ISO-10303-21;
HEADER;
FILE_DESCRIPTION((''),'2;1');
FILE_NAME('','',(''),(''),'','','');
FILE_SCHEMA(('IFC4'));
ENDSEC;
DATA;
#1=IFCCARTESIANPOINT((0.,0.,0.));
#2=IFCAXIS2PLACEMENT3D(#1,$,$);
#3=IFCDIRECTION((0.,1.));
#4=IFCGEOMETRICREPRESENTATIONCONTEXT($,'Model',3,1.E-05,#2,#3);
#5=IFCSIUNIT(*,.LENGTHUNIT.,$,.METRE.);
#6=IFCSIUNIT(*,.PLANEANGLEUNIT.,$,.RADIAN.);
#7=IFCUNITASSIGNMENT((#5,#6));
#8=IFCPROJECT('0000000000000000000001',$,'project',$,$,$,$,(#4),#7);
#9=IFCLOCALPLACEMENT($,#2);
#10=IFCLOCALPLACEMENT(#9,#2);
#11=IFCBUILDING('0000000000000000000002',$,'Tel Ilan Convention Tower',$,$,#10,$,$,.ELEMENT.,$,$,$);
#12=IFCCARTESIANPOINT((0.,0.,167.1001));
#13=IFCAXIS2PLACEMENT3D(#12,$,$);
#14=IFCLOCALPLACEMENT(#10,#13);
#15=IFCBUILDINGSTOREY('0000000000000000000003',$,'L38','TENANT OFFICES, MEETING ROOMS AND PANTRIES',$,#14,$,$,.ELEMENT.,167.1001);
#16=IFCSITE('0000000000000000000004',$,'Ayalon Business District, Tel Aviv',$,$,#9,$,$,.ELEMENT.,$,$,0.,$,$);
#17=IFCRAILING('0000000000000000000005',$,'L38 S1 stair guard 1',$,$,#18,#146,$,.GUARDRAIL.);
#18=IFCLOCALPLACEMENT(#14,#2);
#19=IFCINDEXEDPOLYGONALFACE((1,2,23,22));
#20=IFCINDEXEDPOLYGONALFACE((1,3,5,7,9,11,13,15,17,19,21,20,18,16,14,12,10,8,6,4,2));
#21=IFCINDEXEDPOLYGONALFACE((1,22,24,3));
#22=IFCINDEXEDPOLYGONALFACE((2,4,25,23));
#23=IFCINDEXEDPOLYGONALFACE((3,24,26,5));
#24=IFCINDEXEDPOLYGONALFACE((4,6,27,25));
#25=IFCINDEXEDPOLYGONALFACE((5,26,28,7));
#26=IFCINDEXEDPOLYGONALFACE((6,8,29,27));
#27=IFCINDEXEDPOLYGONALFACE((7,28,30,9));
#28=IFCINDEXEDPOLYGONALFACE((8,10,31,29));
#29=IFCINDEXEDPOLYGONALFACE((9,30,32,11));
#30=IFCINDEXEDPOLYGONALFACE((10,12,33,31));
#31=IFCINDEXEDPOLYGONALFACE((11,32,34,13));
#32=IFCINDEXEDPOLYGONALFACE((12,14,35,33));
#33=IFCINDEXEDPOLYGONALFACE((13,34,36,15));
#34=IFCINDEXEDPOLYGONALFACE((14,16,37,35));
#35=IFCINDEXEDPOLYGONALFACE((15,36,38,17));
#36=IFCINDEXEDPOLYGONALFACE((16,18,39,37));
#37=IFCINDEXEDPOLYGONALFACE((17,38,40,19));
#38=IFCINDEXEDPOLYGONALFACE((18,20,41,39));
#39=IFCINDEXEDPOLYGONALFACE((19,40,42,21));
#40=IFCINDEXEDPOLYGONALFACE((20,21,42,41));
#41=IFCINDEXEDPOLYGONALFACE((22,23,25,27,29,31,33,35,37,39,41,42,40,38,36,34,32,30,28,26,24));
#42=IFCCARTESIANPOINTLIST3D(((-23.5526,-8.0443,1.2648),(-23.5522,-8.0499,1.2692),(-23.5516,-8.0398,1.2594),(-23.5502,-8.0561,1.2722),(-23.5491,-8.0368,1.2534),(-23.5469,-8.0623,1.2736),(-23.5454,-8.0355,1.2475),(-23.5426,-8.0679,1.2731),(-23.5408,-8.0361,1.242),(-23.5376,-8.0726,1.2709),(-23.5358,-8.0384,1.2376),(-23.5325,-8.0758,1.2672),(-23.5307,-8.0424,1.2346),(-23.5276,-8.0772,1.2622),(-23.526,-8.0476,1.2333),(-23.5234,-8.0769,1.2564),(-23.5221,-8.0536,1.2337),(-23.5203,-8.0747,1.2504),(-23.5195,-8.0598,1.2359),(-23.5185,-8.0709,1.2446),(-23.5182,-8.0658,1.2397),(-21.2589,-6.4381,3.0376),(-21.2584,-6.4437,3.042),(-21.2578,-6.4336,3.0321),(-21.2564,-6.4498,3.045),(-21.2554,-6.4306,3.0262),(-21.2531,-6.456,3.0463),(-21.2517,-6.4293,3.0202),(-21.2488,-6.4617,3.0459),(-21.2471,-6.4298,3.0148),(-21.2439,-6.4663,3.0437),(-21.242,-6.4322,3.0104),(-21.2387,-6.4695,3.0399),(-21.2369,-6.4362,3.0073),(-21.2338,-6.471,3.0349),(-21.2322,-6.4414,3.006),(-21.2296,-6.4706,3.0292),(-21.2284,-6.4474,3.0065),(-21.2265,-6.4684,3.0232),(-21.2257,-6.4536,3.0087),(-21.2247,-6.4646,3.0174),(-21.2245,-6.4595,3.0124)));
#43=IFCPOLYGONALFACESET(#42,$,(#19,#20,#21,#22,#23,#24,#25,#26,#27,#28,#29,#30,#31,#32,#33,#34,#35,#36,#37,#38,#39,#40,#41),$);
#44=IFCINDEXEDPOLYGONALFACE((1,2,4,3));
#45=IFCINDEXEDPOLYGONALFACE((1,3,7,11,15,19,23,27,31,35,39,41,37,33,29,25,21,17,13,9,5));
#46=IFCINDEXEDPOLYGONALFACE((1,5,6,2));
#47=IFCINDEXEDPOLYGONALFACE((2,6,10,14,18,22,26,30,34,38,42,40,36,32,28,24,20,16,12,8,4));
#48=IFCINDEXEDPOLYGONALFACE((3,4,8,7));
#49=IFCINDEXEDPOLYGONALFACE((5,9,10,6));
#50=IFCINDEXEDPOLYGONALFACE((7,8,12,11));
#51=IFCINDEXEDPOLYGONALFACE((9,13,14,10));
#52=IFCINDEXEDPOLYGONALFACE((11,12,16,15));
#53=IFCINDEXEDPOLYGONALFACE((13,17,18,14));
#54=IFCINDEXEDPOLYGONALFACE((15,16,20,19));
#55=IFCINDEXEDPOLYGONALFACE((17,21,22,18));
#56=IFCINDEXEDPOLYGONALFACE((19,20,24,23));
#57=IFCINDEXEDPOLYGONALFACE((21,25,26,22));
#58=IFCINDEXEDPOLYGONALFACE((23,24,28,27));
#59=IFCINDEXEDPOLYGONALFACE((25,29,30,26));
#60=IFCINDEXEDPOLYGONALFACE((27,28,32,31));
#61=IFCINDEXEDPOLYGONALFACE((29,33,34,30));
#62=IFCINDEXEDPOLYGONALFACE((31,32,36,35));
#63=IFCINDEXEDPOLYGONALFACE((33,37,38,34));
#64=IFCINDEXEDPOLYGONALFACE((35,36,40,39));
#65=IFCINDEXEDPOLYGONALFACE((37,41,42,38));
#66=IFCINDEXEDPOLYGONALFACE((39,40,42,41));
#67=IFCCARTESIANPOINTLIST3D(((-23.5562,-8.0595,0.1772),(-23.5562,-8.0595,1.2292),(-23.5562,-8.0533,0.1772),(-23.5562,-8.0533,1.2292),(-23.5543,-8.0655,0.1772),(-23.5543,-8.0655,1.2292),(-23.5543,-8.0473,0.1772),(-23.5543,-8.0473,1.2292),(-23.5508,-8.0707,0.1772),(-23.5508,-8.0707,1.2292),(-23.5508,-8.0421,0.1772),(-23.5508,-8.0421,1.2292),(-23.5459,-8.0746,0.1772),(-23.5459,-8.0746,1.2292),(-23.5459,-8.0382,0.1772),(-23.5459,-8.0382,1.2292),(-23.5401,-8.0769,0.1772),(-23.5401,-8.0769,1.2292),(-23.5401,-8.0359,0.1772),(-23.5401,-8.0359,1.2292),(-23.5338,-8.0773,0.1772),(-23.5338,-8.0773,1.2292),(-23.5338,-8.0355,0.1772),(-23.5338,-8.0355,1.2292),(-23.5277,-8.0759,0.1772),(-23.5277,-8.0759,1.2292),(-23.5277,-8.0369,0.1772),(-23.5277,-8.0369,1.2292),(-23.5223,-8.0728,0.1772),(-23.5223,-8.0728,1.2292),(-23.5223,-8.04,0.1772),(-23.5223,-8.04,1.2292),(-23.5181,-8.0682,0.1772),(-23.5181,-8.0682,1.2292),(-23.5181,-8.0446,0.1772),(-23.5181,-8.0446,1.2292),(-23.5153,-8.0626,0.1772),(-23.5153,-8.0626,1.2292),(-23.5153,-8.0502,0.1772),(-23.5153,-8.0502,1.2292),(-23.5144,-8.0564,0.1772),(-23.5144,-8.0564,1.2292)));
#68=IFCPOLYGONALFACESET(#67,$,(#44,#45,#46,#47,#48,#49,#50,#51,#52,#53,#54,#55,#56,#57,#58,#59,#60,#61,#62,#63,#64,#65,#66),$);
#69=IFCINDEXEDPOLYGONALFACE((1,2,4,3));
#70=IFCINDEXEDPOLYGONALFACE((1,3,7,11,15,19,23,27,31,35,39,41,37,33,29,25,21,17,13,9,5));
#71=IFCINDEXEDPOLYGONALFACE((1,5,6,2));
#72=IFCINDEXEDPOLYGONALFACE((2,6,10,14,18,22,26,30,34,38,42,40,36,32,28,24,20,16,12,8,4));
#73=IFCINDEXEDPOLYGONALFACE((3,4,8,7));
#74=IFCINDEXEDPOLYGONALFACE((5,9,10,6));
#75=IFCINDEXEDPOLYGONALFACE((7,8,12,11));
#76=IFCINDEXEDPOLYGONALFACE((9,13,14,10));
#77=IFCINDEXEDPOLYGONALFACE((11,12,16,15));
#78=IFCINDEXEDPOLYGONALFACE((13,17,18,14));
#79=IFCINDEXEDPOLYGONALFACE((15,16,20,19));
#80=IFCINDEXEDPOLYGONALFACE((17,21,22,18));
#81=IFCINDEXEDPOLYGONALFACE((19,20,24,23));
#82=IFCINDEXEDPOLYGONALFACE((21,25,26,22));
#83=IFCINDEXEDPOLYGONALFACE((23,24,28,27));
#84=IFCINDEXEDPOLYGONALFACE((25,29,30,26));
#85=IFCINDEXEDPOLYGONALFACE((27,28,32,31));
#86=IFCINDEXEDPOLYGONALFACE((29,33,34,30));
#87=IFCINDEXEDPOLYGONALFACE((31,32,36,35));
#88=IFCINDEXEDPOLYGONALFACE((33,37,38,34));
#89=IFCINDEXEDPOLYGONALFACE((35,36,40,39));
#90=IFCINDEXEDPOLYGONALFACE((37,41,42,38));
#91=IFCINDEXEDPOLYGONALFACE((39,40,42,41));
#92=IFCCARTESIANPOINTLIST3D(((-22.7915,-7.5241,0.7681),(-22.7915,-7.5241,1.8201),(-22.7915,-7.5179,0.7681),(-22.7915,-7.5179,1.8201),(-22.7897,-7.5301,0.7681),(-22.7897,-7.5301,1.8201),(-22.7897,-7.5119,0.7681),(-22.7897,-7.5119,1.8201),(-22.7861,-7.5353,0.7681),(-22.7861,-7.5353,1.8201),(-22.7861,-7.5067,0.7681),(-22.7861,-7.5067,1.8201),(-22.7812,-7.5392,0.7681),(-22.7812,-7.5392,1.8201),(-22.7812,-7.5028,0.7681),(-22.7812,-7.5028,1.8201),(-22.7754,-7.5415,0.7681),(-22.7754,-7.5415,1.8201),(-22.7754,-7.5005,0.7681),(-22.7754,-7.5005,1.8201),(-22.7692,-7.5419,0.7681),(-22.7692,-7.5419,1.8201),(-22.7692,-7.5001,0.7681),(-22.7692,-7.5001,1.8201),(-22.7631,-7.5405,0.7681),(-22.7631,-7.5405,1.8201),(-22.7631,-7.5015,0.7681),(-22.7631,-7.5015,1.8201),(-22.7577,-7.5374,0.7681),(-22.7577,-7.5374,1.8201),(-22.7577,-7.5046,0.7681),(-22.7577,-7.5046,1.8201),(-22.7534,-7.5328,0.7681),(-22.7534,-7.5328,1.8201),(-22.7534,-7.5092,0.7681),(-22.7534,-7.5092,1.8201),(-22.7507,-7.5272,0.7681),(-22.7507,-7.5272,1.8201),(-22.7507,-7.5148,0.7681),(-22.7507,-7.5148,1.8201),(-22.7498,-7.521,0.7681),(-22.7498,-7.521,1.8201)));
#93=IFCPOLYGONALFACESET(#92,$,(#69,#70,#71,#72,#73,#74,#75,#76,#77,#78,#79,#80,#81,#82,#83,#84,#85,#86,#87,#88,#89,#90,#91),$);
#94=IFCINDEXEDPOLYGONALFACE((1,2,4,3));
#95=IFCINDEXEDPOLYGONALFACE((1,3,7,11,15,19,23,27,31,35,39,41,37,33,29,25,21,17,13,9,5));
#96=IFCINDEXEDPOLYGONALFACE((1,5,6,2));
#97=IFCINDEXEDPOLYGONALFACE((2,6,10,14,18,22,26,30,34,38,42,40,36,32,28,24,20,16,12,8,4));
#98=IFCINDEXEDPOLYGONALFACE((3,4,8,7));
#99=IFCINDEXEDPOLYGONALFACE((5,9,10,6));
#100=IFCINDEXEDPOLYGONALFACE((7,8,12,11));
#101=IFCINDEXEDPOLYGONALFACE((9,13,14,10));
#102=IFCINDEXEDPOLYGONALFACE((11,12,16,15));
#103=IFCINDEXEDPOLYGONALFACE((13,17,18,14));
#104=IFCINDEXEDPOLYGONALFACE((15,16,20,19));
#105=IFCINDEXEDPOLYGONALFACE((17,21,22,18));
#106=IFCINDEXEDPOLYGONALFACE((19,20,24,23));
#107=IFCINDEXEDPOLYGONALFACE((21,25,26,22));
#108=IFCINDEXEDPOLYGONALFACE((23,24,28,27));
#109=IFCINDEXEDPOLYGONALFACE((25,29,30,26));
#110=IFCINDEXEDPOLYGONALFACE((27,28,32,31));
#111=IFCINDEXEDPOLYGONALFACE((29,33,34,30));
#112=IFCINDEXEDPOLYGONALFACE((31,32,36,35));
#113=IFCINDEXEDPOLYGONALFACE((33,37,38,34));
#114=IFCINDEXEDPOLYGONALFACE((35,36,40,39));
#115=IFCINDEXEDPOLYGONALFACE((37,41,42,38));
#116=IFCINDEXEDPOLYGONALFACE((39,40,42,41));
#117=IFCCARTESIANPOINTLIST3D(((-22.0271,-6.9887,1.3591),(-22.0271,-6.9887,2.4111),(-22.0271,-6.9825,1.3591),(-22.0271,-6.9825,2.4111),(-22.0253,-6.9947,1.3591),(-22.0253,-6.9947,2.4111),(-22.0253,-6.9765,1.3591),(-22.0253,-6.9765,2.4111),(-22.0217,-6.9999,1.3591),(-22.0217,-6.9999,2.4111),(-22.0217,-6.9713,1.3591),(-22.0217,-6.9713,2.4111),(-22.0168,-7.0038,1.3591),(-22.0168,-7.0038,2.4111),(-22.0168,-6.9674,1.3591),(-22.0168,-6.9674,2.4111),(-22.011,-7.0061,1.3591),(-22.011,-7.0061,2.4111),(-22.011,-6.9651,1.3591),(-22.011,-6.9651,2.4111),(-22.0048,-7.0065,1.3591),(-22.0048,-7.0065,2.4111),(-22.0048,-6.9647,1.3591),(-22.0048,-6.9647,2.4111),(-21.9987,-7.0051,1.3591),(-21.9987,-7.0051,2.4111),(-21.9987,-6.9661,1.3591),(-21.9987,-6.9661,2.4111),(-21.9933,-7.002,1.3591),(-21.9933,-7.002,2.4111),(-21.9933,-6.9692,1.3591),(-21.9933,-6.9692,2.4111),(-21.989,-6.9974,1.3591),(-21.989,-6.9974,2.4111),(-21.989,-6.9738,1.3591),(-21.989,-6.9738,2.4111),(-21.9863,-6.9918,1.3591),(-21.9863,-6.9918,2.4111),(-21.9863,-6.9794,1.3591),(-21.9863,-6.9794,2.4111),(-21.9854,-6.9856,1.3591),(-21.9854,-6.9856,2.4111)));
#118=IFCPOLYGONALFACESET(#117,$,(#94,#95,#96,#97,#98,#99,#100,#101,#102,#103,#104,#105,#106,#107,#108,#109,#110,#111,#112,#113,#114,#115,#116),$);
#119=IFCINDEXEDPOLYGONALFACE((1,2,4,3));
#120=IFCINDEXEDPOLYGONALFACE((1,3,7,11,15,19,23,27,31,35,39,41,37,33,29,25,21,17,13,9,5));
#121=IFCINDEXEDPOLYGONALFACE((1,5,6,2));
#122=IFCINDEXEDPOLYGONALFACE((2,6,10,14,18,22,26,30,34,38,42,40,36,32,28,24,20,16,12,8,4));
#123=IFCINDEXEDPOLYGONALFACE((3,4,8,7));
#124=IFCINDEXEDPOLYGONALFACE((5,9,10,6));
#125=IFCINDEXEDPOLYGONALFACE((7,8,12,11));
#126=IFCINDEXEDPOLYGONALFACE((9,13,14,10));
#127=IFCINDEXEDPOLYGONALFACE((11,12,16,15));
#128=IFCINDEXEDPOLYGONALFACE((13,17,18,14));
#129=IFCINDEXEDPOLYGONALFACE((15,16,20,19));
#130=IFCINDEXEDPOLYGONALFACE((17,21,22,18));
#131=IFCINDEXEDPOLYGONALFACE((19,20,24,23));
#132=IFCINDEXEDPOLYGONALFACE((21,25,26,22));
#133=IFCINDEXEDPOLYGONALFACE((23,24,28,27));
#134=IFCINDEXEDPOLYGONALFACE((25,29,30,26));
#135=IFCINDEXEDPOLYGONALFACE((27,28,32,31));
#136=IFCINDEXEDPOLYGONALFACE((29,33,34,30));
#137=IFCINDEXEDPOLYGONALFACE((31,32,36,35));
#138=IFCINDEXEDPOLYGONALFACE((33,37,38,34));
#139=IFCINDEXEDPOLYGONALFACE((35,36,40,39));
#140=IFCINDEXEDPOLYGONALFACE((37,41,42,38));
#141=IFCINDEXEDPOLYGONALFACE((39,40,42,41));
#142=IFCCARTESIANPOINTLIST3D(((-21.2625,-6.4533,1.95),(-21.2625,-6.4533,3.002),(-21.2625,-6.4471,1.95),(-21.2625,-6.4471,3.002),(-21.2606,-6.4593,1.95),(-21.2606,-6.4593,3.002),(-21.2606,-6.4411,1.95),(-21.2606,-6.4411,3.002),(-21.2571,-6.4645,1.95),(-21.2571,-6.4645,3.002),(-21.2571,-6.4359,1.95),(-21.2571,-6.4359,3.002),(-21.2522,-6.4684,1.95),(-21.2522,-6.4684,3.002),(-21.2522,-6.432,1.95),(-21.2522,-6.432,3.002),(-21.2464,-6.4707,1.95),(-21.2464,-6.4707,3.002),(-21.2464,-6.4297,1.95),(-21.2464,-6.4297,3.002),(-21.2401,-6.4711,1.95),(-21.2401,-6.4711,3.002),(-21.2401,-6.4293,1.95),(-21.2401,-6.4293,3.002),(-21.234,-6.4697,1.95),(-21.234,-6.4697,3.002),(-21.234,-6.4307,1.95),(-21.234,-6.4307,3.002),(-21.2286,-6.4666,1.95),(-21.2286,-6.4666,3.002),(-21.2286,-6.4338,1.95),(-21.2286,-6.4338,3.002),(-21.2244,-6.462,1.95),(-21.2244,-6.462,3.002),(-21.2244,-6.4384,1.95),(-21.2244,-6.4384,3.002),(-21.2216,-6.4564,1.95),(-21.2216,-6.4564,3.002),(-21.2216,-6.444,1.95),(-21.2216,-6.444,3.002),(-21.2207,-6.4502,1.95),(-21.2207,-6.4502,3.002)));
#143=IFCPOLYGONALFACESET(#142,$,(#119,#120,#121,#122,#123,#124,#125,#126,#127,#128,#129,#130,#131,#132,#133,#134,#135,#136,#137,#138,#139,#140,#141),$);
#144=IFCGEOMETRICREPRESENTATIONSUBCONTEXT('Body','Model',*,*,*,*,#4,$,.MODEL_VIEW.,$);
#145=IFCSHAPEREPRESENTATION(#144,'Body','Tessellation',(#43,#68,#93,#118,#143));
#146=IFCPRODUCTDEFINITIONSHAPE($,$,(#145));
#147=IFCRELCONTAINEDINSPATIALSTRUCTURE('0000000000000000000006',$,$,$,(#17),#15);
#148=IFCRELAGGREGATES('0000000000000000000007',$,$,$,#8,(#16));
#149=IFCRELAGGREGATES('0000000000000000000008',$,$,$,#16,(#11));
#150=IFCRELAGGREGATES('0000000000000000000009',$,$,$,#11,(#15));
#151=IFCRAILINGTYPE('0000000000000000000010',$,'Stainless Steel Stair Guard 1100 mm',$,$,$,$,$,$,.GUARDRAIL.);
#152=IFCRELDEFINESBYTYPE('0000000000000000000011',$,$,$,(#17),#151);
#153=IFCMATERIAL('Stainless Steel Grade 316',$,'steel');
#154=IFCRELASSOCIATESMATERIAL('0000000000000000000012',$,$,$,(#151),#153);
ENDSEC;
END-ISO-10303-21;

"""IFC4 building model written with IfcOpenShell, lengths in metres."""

from ifc_helpers import new_model, si_unit, direction, frame, origin, origin_2d, place, context, subcontext, project, spatial, circle, extrude, material, type_object, element, save


model = new_model("IFC4")

# Units and contexts
model_context = context("Model", 3, precision=1e-05, world=origin(), true_north=direction((0.0, 1.0)))
body_context = subcontext(model_context, "Body", "Model", "MODEL_VIEW")
ifc_project = project(units=[si_unit("LENGTHUNIT", "METRE"), si_unit("PLANEANGLEUNIT", "RADIAN")], contexts=[model_context])

# Site, building, storey
site_placement = place(None, origin())
site = spatial("IfcSite", under=ifc_project, at=site_placement, Name="Ayalon Business District, Tel Aviv", CompositionType="ELEMENT", RefElevation=0.0)
building_placement = place(site_placement, origin())
building = spatial("IfcBuilding", under=site, at=building_placement, Name="Tel Ilan Convention Tower", CompositionType="ELEMENT")
storey_placement = place(building_placement, frame((0.0, 0.0, 167.1001)))
storey = spatial("IfcBuildingStorey", under=building, at=storey_placement, Name="L38", Description="TENANT OFFICES, MEETING ROOMS AND PANTRIES", CompositionType="ELEMENT", Elevation=167.1001)

# Railing
ifc_material_1 = material(Name="Stainless Steel Grade 316", Category="steel")
railing_type = type_object("IfcRailingType", Name="Stainless Steel Stair Guard 1100 mm", PredefinedType="GUARDRAIL", material=ifc_material_1)
railing_1_placement = place(storey_placement, frame((-23.5354, -8.0564, 0.1772)))
element("IfcRailing", 1, at=railing_1_placement, inside=storey, type_object=railing_type, Name="L38 S1 stair guard 1", PredefinedType="GUARDRAIL", context=body_context, shape_type="SweptSolid", body=[
    extrude(circle(Radius=0.0239, at=origin_2d()), frame((0.0, 0.0, 1.0762), z_axis=(0.692098, 0.484653, 0.534894), x_axis=(-0.573609, 0.81913, 0.0)), (0.0, 0.0, 1.0), 3.3142),
    extrude(circle(Radius=0.021, at=origin_2d()), origin(), (0.0, 0.0, 1.0), 1.052),
    extrude(circle(Radius=0.021, at=origin_2d()), frame((0.7646, 0.5354, 0.5908)), (0.0, 0.0, 1.0), 1.052),
    extrude(circle(Radius=0.021, at=origin_2d()), frame((1.5291, 1.0708, 1.1819)), (0.0, 0.0, 1.0), 1.052),
    extrude(circle(Radius=0.021, at=origin_2d()), frame((2.2937, 1.6062, 1.7727)), (0.0, 0.0, 1.0), 1.052),
])

save(model, "model.ifc")
